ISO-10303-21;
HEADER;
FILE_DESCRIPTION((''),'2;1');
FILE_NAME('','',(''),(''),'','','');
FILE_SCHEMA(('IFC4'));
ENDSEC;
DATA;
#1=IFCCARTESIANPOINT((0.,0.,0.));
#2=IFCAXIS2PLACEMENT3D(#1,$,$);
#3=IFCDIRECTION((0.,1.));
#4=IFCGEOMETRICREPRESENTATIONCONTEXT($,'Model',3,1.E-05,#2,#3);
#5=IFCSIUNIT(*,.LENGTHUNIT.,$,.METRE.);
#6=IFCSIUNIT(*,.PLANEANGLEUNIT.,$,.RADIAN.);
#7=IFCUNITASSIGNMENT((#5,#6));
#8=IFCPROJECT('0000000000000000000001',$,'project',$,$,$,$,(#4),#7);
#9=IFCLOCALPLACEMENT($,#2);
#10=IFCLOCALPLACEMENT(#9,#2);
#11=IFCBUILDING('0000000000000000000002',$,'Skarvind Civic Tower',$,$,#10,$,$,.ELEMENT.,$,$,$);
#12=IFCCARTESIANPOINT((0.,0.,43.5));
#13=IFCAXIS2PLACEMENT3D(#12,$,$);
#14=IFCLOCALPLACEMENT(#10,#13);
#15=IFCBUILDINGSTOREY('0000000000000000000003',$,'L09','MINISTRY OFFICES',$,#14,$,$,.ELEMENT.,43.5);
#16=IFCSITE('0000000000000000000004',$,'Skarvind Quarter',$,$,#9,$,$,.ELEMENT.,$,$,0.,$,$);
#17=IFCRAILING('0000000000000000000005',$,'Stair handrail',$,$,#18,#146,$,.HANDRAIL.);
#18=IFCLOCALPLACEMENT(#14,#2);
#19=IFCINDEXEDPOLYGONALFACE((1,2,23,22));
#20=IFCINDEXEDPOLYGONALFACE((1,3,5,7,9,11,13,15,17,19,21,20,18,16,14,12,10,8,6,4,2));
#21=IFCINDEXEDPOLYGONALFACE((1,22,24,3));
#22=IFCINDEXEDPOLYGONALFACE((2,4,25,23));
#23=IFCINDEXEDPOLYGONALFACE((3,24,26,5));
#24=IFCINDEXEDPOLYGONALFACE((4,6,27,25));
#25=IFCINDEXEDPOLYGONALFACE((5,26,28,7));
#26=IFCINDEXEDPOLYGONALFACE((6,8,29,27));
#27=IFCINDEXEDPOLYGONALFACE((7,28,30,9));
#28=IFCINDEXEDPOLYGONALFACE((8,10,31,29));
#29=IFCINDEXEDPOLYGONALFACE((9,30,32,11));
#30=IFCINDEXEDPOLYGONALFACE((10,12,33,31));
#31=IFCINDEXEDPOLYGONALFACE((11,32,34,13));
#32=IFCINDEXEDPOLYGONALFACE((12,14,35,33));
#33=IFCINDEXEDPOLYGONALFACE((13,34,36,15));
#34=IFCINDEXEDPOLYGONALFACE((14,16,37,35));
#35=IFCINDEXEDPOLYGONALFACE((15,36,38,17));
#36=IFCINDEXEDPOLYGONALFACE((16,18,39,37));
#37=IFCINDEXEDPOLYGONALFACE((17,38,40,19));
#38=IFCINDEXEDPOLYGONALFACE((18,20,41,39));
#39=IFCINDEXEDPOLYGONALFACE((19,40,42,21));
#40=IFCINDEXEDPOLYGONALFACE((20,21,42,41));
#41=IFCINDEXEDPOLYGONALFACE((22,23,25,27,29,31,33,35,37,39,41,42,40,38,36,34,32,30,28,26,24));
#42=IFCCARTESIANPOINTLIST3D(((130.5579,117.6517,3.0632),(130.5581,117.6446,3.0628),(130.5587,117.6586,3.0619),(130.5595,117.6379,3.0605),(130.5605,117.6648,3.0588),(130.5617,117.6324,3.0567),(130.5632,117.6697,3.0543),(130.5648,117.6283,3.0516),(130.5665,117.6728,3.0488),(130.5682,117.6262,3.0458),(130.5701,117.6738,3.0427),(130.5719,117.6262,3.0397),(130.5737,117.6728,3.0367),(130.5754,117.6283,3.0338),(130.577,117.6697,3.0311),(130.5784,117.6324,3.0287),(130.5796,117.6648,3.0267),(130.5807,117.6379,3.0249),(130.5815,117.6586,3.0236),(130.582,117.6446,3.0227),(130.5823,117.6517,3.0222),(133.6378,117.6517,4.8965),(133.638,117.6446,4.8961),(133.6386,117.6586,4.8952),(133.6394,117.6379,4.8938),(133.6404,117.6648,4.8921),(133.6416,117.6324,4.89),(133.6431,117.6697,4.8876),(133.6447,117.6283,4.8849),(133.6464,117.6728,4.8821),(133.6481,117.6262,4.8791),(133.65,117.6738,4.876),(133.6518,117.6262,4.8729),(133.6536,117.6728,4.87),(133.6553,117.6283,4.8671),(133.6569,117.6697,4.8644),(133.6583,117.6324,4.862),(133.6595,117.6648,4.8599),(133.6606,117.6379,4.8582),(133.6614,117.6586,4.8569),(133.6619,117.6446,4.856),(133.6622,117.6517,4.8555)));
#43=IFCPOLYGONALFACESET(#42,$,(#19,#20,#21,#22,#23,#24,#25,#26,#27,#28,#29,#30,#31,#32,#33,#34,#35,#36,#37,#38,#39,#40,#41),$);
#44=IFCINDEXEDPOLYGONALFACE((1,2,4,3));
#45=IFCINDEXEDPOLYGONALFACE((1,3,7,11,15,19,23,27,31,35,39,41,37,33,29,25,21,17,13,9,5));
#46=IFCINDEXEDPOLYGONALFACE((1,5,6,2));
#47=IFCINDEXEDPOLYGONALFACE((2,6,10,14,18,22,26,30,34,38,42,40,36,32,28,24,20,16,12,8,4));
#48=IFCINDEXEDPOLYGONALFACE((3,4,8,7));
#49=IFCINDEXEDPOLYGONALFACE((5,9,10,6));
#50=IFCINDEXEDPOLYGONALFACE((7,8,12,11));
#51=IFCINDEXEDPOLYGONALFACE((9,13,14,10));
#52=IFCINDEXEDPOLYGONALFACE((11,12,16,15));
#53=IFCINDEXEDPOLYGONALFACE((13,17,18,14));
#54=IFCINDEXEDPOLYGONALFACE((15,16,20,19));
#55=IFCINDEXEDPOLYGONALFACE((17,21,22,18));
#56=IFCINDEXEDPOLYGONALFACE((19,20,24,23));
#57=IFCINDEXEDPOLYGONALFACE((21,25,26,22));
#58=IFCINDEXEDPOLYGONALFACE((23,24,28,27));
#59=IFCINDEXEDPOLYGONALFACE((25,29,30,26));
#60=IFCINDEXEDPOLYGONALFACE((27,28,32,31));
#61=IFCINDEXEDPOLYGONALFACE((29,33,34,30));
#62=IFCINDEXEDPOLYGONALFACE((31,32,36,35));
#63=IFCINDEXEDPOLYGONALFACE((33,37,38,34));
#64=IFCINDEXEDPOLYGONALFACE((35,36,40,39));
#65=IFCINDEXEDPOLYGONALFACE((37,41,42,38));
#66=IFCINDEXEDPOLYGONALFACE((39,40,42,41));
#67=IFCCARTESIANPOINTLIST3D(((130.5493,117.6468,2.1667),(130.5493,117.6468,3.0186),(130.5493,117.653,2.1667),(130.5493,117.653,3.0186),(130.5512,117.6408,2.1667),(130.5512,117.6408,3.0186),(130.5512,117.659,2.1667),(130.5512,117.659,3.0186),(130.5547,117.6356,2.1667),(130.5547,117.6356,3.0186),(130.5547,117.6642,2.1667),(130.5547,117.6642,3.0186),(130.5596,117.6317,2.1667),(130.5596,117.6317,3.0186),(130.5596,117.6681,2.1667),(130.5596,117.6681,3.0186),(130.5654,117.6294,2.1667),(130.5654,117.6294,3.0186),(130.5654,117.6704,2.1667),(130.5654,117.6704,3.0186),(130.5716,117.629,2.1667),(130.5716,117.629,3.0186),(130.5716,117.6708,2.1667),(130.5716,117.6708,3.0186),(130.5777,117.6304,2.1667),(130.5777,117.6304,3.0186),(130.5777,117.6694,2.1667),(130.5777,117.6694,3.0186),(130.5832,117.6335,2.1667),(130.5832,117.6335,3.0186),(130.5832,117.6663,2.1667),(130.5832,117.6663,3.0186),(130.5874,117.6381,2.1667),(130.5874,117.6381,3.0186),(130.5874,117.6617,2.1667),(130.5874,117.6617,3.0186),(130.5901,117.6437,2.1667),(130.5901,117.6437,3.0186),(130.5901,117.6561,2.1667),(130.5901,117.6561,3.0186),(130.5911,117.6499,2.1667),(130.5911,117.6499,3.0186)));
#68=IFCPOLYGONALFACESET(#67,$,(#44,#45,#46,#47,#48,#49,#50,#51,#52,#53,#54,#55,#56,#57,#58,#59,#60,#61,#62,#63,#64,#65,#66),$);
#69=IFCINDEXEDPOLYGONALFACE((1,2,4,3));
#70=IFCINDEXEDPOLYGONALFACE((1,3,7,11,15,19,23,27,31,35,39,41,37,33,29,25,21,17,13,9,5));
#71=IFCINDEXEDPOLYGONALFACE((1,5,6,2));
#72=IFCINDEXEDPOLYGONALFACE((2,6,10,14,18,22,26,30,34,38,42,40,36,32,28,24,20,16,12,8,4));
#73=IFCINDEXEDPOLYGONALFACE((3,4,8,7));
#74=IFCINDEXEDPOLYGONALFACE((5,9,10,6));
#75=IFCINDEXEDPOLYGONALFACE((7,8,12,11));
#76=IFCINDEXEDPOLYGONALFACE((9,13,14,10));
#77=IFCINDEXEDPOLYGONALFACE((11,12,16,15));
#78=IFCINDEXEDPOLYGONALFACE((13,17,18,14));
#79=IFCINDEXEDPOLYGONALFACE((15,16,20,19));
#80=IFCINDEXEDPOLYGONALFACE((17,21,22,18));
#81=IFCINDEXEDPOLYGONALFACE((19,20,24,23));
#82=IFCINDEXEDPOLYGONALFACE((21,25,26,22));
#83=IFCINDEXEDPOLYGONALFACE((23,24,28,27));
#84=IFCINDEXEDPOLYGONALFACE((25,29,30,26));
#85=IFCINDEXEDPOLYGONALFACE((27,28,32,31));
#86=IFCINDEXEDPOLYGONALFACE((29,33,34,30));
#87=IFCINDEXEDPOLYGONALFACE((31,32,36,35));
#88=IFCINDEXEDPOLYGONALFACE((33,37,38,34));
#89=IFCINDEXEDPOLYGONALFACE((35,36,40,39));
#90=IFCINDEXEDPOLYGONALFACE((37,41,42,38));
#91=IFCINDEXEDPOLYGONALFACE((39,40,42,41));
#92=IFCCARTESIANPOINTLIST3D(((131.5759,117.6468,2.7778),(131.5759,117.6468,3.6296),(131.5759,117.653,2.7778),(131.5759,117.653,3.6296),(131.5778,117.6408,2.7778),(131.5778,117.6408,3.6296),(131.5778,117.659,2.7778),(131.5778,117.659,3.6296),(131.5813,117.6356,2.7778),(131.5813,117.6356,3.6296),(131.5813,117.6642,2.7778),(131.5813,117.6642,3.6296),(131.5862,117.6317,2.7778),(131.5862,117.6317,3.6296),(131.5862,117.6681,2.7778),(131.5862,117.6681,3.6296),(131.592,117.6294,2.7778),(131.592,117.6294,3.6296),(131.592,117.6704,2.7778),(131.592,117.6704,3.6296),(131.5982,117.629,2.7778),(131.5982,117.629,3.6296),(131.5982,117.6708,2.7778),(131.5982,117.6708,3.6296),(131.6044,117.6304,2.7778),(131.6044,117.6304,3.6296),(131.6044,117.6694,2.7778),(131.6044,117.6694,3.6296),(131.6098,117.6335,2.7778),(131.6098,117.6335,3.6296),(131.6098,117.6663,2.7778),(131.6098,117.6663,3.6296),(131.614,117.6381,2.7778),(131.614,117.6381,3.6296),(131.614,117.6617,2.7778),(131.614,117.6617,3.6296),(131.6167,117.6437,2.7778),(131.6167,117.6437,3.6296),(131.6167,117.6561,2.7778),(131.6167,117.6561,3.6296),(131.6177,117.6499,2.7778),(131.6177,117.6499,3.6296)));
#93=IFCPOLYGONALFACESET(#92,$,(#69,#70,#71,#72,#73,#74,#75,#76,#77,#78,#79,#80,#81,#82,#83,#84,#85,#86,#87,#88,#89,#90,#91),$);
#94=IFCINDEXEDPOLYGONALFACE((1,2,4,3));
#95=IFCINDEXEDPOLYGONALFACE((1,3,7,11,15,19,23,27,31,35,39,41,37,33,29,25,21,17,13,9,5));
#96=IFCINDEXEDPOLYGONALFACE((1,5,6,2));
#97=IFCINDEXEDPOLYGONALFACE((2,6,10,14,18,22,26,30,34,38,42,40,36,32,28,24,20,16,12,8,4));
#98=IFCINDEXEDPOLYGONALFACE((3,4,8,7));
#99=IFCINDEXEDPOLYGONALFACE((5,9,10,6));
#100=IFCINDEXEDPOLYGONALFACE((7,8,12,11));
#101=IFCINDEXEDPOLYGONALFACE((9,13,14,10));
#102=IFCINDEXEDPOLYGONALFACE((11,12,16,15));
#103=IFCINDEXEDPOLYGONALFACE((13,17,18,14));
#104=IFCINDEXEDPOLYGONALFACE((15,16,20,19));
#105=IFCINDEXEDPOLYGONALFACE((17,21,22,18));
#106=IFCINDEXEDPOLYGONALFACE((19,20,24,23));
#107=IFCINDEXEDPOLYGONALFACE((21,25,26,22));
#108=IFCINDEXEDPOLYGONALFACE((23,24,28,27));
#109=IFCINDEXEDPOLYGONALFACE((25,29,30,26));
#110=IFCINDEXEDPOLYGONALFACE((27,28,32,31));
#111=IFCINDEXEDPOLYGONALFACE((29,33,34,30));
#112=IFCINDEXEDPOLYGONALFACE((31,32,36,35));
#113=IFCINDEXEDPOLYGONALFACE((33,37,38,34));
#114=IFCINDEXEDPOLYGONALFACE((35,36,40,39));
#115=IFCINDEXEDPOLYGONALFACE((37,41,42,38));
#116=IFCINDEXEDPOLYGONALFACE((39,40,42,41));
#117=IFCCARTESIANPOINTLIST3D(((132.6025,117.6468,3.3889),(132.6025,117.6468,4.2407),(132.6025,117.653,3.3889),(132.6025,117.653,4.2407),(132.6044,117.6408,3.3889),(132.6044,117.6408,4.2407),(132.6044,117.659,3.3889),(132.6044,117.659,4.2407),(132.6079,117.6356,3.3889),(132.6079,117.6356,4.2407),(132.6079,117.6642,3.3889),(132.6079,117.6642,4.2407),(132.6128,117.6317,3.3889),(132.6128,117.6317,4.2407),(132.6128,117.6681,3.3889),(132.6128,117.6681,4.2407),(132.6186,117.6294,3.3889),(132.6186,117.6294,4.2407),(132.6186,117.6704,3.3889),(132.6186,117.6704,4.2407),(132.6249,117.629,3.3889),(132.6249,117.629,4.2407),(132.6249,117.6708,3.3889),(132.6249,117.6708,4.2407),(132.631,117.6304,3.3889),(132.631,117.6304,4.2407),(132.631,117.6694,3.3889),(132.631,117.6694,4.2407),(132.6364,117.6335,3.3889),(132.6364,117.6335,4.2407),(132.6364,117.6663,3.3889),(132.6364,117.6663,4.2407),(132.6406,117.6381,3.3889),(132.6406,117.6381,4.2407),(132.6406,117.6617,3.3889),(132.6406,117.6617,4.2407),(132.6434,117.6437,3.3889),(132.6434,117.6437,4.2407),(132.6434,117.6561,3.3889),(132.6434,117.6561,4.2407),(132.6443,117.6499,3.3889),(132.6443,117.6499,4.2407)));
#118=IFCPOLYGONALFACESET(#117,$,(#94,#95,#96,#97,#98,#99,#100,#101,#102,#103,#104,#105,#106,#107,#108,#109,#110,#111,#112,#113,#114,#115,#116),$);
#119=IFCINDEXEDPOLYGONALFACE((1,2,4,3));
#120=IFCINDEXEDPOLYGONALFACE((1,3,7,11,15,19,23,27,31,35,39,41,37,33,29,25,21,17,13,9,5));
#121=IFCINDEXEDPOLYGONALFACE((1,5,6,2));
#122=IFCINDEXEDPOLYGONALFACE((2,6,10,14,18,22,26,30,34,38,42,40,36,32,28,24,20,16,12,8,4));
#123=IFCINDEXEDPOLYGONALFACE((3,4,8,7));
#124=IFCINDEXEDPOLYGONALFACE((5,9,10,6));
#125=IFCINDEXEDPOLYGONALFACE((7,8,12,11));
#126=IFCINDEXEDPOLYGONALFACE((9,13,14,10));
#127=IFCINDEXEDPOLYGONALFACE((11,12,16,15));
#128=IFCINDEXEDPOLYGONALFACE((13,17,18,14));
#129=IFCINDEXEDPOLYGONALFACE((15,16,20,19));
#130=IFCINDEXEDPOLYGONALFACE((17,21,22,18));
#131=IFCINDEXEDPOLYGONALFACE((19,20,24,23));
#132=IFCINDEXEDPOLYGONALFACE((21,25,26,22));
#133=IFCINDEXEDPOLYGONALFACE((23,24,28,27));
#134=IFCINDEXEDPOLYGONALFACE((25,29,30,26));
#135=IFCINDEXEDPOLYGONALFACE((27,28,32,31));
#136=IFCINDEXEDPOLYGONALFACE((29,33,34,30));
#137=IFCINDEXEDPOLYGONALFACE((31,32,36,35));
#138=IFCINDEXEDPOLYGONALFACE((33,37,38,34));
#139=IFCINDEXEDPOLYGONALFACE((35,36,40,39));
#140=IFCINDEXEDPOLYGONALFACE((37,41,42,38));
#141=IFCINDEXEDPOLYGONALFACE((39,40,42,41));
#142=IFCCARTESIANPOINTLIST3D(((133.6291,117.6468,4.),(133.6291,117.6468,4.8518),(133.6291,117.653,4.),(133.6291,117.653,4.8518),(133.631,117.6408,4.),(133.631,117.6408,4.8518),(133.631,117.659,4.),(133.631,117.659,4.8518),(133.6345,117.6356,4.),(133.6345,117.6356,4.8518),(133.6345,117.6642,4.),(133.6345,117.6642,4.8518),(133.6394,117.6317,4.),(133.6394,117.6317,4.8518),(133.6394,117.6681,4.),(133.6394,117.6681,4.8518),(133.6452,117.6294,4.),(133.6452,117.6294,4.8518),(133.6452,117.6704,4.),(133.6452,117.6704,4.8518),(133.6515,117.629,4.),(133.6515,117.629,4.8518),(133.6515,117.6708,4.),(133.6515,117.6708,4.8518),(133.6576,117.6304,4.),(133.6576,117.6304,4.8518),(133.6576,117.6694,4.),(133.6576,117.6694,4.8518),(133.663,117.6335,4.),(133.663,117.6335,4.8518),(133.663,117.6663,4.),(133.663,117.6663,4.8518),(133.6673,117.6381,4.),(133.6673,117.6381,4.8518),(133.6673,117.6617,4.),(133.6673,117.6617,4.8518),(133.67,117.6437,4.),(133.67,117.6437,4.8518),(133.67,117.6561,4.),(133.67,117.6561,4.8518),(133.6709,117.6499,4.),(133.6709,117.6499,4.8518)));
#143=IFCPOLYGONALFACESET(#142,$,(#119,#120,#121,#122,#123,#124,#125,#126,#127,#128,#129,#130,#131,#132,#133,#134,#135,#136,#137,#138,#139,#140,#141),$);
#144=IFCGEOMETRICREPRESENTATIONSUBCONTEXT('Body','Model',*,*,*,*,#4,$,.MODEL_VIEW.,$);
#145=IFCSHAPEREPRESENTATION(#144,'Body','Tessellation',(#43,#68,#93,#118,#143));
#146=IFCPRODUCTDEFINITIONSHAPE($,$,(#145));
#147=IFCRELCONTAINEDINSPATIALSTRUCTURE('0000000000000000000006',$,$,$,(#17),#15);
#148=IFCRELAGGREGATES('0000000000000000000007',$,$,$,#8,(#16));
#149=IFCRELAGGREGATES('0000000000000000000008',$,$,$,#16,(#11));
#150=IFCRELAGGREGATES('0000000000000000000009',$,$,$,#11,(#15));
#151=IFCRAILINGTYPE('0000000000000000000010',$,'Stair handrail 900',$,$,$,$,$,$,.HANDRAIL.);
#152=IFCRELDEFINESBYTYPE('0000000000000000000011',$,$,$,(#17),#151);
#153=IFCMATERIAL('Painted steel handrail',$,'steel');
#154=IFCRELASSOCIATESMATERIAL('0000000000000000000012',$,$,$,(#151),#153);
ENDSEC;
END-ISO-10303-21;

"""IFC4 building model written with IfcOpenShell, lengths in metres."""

from ifc_helpers import new_model, si_unit, direction, frame, origin, origin_2d, place, context, subcontext, project, spatial, circle, extrude, material, type_object, element, save


model = new_model("IFC4")

# Units and contexts
model_context = context("Model", 3, precision=1e-05, world=origin(), true_north=direction((0.0, 1.0)))
body_context = subcontext(model_context, "Body", "Model", "MODEL_VIEW")
ifc_project = project(units=[si_unit("LENGTHUNIT", "METRE"), si_unit("PLANEANGLEUNIT", "RADIAN")], contexts=[model_context])

# Site, building, storey
site_placement = place(None, origin())
site = spatial("IfcSite", under=ifc_project, at=site_placement, Name="Skarvind Quarter", CompositionType="ELEMENT", RefElevation=0.0)
building_placement = place(site_placement, origin())
building = spatial("IfcBuilding", under=site, at=building_placement, Name="Skarvind Civic Tower", CompositionType="ELEMENT")
storey_placement = place(building_placement, frame((0.0, 0.0, 43.5)))
storey = spatial("IfcBuildingStorey", under=building, at=storey_placement, Name="L09", Description="MINISTRY OFFICES", CompositionType="ELEMENT", Elevation=43.5)

# Railing
ifc_material_1 = material(Name="Painted steel handrail", Category="steel")
railing_type = type_object("IfcRailingType", Name="Stair handrail 900", PredefinedType="HANDRAIL", material=ifc_material_1)
railing_1_placement = place(storey_placement, frame((130.5701, 117.6499, 2.1667)))
element("IfcRailing", 1, at=railing_1_placement, inside=storey, type_object=railing_type, Name="Stair handrail", PredefinedType="HANDRAIL", context=body_context, shape_type="SweptSolid", body=[
    extrude(circle(Radius=0.0239, at=origin_2d()), frame((0.0, 0.0, 0.876), z_axis=(0.859291, 0.0, 0.511487), x_axis=(0.0, 1.0, 0.0)), (0.0, 0.0, 1.0), 3.5842),
    extrude(circle(Radius=0.021, at=origin_2d()), origin(), (0.0, 0.0, 1.0), 0.8518),
    extrude(circle(Radius=0.021, at=origin_2d()), frame((1.0266, 0.0, 0.6111)), (0.0, 0.0, 1.0), 0.8518),
    extrude(circle(Radius=0.021, at=origin_2d()), frame((2.0532, 0.0, 1.2222)), (0.0, 0.0, 1.0), 0.8518),
    extrude(circle(Radius=0.021, at=origin_2d()), frame((3.0798, 0.0, 1.8333)), (0.0, 0.0, 1.0), 0.8518),
])

save(model, "model.ifc")
